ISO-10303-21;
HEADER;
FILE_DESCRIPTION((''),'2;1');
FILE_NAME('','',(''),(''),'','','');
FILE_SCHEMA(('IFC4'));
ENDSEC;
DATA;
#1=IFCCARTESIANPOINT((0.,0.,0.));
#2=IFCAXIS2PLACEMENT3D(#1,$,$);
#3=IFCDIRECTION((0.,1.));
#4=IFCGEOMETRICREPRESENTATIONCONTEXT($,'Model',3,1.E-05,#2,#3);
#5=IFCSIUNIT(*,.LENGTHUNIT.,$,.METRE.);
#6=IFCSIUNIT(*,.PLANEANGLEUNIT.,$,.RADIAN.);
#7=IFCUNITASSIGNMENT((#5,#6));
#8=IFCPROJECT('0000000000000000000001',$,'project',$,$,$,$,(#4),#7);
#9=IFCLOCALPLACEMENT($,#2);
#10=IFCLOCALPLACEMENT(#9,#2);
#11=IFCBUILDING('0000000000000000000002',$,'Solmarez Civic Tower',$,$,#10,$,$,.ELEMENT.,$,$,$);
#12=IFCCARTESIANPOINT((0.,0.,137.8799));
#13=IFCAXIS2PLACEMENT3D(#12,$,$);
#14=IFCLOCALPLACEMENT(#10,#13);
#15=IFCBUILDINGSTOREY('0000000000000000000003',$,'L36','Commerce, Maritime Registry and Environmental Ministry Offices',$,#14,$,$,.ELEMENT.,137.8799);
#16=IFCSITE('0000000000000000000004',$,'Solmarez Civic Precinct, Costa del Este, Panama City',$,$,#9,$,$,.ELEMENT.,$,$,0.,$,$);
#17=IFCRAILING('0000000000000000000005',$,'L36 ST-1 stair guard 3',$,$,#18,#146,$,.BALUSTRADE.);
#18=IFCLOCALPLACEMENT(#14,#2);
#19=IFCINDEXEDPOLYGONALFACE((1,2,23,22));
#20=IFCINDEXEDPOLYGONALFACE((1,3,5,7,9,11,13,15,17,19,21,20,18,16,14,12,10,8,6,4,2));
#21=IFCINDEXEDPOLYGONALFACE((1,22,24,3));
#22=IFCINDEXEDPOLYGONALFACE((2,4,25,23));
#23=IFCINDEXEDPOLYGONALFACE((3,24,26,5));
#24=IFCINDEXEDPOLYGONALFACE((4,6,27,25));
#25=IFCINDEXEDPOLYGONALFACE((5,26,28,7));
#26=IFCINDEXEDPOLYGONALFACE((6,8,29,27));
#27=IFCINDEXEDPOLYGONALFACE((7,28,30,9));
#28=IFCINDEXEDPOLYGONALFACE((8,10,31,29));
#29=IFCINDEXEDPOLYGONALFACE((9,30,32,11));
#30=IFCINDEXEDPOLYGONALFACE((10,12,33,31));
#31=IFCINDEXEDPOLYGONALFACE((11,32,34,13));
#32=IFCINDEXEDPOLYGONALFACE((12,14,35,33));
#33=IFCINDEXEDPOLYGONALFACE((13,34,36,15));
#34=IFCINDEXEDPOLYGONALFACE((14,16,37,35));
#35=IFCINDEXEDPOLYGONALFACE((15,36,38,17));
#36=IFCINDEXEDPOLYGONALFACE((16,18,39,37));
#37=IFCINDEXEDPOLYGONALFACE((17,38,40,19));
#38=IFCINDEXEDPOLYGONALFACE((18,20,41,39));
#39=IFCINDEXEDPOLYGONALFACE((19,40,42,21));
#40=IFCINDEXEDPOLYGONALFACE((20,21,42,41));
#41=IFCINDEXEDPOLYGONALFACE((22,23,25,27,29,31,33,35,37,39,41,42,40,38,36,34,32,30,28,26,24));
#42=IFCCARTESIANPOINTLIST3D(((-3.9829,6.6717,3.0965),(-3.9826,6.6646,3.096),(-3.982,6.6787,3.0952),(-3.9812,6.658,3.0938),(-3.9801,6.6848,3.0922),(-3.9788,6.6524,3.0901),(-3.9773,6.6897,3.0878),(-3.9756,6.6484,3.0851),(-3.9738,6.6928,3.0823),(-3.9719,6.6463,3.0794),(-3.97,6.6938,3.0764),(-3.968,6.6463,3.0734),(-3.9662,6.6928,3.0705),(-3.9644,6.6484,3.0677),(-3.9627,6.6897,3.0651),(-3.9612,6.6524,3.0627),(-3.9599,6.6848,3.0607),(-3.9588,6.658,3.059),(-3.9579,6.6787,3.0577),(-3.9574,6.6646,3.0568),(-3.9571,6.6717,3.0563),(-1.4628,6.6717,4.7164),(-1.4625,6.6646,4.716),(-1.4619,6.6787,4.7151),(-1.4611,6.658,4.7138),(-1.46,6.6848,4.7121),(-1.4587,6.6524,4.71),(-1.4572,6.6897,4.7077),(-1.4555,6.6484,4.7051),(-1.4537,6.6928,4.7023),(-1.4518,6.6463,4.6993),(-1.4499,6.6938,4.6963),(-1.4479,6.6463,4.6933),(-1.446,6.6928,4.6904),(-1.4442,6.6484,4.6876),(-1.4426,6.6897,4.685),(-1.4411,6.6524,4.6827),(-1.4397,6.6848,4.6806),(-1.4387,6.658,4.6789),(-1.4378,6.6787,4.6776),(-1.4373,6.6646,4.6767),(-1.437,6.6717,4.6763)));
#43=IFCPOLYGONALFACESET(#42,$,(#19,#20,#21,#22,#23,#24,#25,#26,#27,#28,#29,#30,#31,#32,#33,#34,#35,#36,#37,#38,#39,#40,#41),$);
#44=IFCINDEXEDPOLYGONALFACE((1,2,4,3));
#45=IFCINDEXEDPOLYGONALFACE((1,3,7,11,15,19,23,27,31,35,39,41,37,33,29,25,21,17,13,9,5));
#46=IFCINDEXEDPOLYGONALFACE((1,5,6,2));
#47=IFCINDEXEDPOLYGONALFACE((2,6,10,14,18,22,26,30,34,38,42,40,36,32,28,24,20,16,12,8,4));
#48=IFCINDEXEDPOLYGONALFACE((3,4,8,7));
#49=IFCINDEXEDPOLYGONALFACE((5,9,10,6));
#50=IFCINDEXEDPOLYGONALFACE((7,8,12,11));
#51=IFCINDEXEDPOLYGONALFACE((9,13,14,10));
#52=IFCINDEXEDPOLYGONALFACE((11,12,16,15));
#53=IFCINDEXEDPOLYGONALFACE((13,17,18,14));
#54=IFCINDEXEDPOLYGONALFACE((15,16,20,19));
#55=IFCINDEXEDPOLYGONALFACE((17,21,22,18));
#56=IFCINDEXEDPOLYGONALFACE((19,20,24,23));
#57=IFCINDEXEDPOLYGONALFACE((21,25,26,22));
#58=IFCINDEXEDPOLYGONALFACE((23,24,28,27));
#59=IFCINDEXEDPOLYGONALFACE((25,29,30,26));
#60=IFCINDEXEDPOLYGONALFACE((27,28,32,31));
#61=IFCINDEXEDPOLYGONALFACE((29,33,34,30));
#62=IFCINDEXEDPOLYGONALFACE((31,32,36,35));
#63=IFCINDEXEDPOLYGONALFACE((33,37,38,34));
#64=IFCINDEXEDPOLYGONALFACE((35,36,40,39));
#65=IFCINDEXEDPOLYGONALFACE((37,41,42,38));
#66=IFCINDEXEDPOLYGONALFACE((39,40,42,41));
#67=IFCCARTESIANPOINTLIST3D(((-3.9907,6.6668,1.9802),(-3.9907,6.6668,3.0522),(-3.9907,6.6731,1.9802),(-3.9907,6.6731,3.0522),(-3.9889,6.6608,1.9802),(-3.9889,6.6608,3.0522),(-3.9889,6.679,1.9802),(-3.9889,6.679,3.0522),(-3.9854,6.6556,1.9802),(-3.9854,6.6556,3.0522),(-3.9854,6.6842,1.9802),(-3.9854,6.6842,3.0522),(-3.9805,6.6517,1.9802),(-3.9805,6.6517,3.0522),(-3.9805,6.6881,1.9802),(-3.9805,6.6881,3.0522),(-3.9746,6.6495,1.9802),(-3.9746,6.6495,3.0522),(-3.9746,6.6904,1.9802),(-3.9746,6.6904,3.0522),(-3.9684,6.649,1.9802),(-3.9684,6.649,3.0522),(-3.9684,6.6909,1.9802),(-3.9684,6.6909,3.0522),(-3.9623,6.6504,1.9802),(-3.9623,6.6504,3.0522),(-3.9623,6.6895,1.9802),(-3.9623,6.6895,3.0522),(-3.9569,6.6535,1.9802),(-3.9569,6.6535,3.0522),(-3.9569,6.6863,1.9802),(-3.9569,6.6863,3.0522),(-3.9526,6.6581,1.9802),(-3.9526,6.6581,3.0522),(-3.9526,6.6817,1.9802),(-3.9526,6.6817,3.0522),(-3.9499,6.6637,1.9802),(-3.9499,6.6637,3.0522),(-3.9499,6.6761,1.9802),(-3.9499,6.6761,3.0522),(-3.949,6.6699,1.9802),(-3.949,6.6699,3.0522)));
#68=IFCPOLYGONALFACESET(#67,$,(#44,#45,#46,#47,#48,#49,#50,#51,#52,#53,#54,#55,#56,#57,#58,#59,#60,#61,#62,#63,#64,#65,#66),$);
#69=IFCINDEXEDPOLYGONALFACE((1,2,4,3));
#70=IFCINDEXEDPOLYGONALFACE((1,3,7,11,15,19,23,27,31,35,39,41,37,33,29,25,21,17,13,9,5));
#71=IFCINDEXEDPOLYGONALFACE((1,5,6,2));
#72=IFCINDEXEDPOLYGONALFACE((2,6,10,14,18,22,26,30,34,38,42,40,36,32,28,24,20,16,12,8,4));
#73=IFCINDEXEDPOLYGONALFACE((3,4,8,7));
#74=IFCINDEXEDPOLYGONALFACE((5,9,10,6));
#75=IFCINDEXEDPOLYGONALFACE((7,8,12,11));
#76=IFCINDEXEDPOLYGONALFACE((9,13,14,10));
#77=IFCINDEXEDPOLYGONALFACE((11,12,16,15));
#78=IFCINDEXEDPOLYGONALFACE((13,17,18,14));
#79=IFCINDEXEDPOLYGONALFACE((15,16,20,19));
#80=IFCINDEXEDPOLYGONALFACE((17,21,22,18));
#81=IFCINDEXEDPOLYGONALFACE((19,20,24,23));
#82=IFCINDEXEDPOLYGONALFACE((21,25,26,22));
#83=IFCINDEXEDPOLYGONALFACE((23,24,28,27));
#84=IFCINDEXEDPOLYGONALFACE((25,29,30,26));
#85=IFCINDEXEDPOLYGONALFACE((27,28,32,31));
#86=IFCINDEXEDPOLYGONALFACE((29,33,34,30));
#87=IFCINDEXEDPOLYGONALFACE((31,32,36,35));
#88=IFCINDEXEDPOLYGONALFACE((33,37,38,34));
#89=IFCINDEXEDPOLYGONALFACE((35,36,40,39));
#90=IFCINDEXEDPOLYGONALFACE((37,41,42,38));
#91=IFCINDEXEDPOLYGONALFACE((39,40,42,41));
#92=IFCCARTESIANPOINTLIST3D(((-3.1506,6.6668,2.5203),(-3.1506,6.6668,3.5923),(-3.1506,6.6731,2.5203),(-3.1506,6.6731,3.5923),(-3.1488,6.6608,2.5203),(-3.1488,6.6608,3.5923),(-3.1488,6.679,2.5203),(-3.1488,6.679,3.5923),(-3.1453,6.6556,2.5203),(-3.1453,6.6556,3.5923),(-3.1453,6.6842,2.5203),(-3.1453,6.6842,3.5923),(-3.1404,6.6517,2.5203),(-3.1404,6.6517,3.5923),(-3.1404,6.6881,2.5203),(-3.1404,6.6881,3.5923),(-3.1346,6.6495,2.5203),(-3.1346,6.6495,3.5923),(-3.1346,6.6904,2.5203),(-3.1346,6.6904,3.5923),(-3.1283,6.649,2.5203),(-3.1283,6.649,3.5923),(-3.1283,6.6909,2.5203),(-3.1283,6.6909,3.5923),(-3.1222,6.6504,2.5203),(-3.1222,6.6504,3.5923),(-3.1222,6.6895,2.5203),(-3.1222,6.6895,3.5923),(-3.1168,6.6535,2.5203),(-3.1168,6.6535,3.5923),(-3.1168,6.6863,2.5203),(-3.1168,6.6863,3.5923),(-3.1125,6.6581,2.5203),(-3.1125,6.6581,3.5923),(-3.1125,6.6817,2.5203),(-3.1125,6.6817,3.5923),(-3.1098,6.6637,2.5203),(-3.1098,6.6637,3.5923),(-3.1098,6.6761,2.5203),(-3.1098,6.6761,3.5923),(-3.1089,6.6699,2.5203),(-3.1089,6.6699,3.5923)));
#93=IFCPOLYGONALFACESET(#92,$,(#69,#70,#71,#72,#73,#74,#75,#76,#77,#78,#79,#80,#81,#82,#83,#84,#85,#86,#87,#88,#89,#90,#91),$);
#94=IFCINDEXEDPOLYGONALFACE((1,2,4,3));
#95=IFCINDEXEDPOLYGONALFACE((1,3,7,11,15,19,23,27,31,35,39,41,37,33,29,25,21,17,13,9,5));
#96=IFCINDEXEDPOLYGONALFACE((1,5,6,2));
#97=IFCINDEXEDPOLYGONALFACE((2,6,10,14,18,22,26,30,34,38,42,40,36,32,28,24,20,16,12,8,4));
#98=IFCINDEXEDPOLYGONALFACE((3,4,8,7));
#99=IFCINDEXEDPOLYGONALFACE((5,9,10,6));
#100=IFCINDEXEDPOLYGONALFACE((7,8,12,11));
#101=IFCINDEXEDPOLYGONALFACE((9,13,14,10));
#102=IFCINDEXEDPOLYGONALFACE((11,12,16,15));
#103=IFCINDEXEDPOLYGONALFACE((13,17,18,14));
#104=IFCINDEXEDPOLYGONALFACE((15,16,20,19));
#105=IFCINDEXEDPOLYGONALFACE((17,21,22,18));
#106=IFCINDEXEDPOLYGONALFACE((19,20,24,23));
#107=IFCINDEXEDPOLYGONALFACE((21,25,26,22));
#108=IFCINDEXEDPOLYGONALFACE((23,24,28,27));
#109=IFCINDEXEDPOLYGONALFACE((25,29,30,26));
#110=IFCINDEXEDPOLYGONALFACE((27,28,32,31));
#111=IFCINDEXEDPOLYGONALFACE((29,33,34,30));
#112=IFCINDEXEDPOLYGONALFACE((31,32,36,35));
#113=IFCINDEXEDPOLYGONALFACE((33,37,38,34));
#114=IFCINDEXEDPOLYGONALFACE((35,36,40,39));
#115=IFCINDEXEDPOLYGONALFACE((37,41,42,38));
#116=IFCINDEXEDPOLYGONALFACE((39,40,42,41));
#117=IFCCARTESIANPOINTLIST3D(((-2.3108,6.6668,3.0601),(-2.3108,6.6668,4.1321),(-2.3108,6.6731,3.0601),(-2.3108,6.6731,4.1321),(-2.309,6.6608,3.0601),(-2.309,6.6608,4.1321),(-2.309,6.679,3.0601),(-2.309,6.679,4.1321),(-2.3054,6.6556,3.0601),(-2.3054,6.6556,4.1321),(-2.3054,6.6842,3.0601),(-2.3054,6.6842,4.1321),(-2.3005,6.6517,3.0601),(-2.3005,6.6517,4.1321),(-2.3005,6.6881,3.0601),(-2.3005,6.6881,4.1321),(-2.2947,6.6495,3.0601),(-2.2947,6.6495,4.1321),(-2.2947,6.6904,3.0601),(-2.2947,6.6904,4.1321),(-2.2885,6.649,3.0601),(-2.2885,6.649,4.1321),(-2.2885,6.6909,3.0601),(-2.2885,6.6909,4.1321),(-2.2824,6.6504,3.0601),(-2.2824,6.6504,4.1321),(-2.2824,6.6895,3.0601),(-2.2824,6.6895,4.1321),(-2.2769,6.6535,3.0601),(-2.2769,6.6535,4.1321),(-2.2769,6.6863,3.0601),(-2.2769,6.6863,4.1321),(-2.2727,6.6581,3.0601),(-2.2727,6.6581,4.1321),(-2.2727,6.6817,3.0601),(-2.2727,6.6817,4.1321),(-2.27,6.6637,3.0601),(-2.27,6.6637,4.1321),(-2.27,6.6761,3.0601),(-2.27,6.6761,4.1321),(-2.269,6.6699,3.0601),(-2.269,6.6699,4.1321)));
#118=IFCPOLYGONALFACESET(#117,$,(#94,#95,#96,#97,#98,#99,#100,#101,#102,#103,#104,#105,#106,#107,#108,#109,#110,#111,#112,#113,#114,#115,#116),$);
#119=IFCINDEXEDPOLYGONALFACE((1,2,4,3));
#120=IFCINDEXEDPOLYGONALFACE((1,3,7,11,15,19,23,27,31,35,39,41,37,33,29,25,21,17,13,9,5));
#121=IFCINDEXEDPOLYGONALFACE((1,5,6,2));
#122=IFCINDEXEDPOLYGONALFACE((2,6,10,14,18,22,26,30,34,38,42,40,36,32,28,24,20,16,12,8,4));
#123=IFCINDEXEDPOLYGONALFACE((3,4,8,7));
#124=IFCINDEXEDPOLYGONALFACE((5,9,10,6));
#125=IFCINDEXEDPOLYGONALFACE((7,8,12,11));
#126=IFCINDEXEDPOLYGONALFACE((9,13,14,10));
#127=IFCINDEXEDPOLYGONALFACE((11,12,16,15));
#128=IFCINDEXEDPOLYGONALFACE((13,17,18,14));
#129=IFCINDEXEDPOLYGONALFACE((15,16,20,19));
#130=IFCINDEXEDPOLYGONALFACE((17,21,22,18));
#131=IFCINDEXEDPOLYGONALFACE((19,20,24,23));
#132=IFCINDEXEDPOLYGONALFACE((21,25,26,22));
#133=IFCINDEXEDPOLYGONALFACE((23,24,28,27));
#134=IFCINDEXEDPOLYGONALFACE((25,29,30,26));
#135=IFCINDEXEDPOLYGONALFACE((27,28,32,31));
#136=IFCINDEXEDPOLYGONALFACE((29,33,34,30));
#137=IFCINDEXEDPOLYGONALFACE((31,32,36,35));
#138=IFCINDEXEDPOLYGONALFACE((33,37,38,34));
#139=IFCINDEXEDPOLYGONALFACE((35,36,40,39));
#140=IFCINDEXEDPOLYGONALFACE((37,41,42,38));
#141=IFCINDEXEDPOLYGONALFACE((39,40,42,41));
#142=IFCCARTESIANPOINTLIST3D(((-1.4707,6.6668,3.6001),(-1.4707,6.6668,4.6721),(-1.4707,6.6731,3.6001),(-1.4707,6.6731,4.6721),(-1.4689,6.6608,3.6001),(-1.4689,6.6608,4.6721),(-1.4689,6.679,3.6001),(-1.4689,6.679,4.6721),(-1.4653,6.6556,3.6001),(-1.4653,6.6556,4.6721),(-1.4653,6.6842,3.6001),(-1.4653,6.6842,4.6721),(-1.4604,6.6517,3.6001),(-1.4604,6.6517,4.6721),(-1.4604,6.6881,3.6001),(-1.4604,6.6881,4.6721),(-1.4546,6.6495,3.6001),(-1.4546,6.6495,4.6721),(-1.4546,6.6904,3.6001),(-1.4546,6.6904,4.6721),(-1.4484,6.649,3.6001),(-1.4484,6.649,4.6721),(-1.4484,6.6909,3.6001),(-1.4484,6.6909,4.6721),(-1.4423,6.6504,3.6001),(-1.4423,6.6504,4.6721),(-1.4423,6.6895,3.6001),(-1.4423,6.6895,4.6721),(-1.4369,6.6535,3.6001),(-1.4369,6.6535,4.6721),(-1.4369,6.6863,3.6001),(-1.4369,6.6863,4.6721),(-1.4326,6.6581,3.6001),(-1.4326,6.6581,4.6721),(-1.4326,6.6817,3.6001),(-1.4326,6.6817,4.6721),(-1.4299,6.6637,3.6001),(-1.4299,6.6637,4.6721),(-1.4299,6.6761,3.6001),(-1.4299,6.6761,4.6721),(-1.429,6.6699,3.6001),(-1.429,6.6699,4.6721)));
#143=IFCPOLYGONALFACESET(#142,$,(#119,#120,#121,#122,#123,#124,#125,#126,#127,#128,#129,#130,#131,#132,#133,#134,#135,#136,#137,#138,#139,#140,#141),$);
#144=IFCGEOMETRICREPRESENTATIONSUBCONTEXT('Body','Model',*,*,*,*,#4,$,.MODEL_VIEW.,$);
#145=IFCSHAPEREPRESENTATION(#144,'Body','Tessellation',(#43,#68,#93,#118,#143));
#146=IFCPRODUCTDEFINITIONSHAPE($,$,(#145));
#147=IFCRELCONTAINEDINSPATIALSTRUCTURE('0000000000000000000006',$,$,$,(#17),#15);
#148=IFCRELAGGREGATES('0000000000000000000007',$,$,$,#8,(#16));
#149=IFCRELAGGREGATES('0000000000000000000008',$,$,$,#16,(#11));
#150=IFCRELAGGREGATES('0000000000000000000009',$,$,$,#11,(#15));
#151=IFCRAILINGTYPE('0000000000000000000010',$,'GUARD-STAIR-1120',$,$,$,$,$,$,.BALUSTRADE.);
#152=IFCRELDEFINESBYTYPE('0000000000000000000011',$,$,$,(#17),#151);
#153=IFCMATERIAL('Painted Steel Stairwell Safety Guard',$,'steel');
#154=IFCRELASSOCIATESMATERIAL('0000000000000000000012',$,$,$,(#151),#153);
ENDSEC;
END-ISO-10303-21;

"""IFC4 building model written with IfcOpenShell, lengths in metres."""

from ifc_helpers import new_model, si_unit, direction, frame, origin, origin_2d, place, context, subcontext, project, spatial, circle, extrude, material, type_object, element, save


model = new_model("IFC4")

# Units and contexts
model_context = context("Model", 3, precision=1e-05, world=origin(), true_north=direction((0.0, 1.0)))
body_context = subcontext(model_context, "Body", "Model", "MODEL_VIEW")
ifc_project = project(units=[si_unit("LENGTHUNIT", "METRE"), si_unit("PLANEANGLEUNIT", "RADIAN")], contexts=[model_context])

# Site, building, storey
site_placement = place(None, origin())
site = spatial("IfcSite", under=ifc_project, at=site_placement, Name="Solmarez Civic Precinct, Costa del Este, Panama City", CompositionType="ELEMENT", RefElevation=0.0)
building_placement = place(site_placement, origin())
building = spatial("IfcBuilding", under=site, at=building_placement, Name="Solmarez Civic Tower", CompositionType="ELEMENT")
storey_placement = place(building_placement, frame((0.0, 0.0, 137.8799)))
storey = spatial("IfcBuildingStorey", under=building, at=storey_placement, Name="L36", Description="Commerce, Maritime Registry and Environmental Ministry Offices", CompositionType="ELEMENT", Elevation=137.8799)

# Railing
ifc_material_1 = material(Name="Painted Steel Stairwell Safety Guard", Category="steel")
railing_type_1 = type_object("IfcRailingType", Name="GUARD-STAIR-1120", PredefinedType="BALUSTRADE", material=ifc_material_1)
railing_1_placement = place(storey_placement, frame((-3.97, 6.6699, 1.9802)))
element("IfcRailing", 1, at=railing_1_placement, inside=storey, type_object=railing_type_1, Name="L36 ST-1 stair guard 3", PredefinedType="BALUSTRADE", context=body_context, shape_type="SweptSolid", body=[
    extrude(circle(Radius=0.0239, at=origin_2d()), frame((0.0, 0.0, 1.0962), z_axis=(0.8412, 0.0, 0.540725), x_axis=(0.0, 1.0, 0.0)), (0.0, 0.0, 1.0), 2.9958),
    extrude(circle(Radius=0.021, at=origin_2d()), origin(), (0.0, 0.0, 1.0), 1.072),
    extrude(circle(Radius=0.021, at=origin_2d()), frame((0.8401, 0.0, 0.54)), (0.0, 0.0, 1.0), 1.072),
    extrude(circle(Radius=0.021, at=origin_2d()), frame((1.6799, 0.0, 1.0798)), (0.0, 0.0, 1.0), 1.072),
    extrude(circle(Radius=0.021, at=origin_2d()), frame((2.52, 0.0, 1.6199)), (0.0, 0.0, 1.0), 1.072),
])

save(model, "model.ifc")
